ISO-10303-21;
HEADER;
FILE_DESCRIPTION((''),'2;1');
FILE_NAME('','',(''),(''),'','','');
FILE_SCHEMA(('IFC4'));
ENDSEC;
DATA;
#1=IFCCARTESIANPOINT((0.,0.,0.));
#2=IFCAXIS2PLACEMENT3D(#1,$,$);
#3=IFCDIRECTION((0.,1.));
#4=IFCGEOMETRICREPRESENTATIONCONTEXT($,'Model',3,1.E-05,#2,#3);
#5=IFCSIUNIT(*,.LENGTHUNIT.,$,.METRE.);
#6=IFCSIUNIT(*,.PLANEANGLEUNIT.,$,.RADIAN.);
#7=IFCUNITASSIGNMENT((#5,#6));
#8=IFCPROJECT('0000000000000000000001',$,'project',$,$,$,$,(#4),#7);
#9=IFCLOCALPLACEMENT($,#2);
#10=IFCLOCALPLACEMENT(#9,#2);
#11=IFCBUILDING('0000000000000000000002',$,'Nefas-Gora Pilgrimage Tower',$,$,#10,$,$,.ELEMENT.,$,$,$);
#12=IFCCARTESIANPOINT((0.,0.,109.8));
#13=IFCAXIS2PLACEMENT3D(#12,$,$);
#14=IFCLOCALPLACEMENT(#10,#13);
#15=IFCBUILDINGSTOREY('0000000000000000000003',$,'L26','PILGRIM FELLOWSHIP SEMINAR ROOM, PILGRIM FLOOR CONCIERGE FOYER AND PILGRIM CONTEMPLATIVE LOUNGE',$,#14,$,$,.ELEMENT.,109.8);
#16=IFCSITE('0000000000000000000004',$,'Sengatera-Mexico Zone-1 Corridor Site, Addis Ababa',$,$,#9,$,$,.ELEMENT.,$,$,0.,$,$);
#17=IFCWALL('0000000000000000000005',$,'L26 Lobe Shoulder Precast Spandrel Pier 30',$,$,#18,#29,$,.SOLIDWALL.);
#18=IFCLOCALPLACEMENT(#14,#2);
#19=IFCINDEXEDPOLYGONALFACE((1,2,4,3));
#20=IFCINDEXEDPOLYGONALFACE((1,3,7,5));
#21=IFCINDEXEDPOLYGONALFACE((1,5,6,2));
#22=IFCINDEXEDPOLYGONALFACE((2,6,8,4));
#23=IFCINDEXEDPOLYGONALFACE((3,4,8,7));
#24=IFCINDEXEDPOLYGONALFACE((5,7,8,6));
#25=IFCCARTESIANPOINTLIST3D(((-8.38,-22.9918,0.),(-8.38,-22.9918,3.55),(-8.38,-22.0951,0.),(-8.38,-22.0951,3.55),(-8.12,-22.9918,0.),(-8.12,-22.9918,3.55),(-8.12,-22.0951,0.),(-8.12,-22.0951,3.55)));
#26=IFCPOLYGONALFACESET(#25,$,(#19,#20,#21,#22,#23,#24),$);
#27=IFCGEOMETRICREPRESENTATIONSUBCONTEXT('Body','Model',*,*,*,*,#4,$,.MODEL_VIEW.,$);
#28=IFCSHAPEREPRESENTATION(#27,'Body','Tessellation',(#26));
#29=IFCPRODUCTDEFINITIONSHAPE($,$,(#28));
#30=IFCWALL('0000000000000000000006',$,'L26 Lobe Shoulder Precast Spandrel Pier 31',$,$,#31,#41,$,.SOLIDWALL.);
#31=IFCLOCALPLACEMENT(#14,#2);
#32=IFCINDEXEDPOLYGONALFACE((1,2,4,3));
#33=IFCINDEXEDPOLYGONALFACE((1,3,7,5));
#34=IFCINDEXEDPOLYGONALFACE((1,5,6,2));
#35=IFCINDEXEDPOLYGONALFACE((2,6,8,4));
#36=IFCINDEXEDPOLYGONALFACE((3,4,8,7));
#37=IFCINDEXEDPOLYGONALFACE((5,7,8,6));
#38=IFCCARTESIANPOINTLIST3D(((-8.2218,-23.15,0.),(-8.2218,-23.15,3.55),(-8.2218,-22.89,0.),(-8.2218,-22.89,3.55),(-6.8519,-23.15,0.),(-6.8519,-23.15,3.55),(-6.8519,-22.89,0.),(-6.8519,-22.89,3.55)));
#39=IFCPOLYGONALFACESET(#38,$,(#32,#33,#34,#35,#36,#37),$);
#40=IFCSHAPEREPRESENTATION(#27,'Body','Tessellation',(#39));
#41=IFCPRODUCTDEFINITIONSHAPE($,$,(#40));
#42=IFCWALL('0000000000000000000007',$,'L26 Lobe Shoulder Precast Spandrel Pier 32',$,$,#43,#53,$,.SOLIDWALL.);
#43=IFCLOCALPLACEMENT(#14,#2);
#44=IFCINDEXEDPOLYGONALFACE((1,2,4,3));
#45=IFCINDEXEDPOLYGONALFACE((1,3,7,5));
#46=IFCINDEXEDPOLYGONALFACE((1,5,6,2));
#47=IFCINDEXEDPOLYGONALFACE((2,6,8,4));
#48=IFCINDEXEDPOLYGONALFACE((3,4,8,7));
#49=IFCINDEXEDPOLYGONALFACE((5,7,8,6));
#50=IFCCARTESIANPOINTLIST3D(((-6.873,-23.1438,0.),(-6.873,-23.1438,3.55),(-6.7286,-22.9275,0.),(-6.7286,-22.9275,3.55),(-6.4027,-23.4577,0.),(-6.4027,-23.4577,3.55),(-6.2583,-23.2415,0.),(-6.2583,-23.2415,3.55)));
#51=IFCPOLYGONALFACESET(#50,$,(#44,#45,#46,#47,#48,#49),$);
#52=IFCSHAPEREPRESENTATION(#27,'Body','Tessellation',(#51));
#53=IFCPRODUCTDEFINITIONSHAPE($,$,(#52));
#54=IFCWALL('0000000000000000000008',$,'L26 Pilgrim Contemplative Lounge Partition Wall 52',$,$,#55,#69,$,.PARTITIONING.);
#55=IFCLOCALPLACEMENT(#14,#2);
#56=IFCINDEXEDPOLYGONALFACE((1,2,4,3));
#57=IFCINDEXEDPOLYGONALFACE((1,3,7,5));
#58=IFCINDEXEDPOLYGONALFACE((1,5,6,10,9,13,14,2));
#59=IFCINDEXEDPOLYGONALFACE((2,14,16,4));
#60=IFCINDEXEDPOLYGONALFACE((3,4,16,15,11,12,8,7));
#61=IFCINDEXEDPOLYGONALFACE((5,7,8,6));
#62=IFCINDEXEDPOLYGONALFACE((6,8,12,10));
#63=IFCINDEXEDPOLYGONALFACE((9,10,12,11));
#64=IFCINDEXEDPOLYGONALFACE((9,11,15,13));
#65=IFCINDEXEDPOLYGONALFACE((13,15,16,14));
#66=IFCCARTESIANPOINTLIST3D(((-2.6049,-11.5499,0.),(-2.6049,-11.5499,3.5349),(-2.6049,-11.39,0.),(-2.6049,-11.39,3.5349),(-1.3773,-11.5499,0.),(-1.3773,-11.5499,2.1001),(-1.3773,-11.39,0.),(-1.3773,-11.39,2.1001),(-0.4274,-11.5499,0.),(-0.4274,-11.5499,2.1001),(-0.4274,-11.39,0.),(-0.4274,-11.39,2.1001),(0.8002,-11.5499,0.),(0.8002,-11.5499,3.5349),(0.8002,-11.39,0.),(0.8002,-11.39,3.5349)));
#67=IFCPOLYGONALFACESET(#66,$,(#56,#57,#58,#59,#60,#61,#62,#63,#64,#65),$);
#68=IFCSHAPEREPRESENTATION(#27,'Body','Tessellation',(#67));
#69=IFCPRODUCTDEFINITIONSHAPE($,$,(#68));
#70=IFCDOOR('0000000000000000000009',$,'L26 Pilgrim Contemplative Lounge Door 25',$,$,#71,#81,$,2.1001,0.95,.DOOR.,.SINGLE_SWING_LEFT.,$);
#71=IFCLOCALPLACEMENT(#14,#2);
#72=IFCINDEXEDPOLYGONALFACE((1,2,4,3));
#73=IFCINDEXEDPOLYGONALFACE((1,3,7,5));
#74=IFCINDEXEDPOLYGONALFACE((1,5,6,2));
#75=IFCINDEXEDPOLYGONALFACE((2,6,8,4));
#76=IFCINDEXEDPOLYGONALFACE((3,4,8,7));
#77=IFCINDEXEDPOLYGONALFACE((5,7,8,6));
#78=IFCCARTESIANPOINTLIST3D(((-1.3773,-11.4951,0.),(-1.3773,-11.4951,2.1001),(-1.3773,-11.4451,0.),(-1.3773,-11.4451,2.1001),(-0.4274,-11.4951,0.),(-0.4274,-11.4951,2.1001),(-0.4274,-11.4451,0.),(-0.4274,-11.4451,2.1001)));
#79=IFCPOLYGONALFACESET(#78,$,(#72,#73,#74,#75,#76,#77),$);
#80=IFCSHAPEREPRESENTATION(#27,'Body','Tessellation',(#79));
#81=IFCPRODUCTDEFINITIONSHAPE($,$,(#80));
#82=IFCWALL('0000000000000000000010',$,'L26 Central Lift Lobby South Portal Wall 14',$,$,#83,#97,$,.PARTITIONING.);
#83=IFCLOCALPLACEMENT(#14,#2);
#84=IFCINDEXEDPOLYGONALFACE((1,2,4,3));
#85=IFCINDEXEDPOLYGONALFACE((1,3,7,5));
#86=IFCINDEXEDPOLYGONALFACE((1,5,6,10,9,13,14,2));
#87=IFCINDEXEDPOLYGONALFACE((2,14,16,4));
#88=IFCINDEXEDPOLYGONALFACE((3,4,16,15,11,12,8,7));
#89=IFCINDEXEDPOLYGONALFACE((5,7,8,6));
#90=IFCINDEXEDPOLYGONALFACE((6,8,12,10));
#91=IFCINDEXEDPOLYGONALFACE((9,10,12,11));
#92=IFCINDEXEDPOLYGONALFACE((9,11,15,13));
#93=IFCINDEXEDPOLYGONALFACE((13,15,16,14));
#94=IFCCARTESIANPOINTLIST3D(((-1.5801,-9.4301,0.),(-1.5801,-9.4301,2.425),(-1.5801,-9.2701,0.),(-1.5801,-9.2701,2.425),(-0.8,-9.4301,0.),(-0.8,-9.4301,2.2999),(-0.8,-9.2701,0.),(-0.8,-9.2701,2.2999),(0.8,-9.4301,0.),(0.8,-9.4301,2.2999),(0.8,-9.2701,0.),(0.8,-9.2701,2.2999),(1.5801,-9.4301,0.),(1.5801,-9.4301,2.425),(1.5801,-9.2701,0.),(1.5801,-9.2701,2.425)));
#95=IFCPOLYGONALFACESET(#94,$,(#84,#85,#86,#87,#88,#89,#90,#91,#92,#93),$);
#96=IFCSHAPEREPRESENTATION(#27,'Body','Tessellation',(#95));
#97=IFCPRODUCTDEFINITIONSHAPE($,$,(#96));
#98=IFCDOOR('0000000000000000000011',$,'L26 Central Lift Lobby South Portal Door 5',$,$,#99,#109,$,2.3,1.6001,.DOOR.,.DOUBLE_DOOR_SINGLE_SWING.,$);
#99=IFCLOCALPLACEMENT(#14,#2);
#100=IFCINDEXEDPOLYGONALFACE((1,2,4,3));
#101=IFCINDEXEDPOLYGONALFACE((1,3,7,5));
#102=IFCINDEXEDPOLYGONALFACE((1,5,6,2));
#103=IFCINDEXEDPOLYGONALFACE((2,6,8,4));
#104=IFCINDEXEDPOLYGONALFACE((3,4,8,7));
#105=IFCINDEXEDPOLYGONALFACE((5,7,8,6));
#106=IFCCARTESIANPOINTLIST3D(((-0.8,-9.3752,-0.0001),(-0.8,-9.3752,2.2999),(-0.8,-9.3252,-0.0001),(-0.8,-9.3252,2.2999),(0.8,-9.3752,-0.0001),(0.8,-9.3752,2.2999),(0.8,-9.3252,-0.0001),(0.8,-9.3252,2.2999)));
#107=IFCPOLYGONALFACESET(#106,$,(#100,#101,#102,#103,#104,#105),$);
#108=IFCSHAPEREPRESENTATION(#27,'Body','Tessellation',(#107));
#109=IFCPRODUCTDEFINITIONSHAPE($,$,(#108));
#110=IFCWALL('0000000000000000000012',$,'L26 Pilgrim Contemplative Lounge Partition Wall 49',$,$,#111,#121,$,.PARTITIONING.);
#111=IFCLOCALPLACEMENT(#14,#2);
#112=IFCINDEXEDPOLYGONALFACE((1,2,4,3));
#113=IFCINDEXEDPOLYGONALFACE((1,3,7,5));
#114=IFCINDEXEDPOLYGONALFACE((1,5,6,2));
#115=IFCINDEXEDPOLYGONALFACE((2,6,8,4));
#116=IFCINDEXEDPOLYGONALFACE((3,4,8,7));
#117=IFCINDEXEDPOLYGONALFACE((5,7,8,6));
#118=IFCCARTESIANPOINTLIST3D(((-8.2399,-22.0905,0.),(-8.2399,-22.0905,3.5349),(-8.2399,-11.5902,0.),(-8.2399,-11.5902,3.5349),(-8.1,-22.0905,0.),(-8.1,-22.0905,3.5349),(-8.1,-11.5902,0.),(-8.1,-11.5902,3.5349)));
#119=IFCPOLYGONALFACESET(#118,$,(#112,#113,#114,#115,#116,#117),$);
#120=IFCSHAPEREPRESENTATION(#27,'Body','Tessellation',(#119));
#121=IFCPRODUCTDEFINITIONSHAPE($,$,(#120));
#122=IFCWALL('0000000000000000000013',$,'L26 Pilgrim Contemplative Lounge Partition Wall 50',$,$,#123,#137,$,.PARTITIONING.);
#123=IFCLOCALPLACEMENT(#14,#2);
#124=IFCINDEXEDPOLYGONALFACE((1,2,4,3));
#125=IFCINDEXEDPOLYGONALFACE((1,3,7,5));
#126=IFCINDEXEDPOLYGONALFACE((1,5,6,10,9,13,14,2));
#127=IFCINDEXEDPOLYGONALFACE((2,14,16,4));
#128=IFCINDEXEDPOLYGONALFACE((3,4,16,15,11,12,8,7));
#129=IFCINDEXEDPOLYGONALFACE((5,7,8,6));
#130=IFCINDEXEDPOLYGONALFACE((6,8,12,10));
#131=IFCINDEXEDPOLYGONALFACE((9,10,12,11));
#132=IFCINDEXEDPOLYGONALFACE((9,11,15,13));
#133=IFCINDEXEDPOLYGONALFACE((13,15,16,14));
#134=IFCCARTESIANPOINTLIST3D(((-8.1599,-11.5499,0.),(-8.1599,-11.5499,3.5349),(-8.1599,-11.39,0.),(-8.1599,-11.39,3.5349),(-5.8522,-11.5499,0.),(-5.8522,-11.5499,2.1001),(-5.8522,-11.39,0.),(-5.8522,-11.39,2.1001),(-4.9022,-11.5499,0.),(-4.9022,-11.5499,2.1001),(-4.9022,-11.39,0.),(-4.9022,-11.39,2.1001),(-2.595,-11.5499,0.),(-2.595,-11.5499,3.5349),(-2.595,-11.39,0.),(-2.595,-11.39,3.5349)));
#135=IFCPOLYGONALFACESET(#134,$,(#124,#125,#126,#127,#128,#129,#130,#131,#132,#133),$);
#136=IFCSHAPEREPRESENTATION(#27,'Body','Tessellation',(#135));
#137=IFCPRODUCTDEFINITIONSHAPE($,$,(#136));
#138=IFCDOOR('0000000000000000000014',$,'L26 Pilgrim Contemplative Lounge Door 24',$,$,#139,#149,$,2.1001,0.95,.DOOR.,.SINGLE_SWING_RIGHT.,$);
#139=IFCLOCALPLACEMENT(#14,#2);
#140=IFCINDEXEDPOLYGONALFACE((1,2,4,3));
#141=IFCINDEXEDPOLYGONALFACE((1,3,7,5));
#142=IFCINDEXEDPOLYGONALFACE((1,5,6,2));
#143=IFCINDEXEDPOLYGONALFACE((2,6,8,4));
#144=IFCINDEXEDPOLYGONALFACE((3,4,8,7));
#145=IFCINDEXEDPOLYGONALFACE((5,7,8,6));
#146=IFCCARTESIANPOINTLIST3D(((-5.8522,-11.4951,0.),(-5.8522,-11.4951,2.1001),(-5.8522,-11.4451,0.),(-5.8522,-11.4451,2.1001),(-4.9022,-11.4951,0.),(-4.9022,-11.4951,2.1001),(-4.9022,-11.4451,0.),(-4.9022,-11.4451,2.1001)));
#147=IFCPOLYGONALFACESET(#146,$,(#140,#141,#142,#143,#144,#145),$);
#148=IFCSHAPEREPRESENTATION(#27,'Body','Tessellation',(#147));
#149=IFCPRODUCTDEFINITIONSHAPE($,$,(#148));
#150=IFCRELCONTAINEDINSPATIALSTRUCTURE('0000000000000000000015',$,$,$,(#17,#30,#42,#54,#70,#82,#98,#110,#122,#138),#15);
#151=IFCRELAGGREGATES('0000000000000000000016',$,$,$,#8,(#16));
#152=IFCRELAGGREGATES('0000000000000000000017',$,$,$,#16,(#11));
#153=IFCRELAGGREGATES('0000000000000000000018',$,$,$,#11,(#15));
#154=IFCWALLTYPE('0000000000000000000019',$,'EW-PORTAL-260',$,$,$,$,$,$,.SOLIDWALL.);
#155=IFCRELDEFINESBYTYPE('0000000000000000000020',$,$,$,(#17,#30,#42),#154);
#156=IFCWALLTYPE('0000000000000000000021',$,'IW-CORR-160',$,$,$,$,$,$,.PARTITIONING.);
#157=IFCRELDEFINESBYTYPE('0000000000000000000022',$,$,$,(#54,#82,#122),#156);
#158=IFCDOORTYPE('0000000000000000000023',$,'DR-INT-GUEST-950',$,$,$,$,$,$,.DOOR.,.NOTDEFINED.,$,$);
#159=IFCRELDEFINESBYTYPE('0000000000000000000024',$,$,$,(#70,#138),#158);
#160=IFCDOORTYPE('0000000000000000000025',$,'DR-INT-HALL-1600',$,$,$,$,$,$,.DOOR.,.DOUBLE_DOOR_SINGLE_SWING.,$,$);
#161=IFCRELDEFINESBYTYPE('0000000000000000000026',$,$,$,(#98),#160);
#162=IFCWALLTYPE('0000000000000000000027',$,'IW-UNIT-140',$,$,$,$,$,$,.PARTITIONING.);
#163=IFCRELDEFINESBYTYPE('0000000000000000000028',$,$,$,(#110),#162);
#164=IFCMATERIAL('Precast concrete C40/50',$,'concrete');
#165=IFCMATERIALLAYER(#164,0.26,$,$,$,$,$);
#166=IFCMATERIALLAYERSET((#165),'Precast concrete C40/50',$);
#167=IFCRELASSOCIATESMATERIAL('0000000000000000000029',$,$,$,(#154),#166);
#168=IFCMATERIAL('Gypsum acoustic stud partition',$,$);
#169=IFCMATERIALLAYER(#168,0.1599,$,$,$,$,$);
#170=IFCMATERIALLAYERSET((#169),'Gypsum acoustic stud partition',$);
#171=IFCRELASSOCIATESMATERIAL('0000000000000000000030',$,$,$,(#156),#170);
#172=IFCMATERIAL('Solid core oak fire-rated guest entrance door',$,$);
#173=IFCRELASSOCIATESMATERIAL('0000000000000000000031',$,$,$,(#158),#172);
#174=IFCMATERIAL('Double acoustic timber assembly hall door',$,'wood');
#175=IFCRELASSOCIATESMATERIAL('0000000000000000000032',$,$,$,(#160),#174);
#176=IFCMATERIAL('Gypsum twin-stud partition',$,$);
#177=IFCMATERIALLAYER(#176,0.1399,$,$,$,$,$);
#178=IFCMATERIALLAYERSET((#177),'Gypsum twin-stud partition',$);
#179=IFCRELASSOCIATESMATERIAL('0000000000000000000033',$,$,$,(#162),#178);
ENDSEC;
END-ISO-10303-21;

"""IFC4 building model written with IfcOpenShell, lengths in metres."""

from ifc_helpers import new_model, si_unit, direction, frame, frame_2d, origin, place, context, subcontext, project, spatial, rectangle, extrude, source, transform, mapped, material, layer, layer_set, type_object, element, fill, save


model = new_model("IFC4")

# Units and contexts
model_context = context("Model", 3, precision=1e-05, world=origin(), true_north=direction((0.0, 1.0)))
body_context = subcontext(model_context, "Body", "Model", "MODEL_VIEW")
ifc_project = project(units=[si_unit("LENGTHUNIT", "METRE"), si_unit("PLANEANGLEUNIT", "RADIAN")], contexts=[model_context])

# Site, building, storey
site_placement = place(None, origin())
site = spatial("IfcSite", under=ifc_project, at=site_placement, Name="Sengatera-Mexico Zone-1 Corridor Site, Addis Ababa", CompositionType="ELEMENT", RefElevation=0.0)
building_placement = place(site_placement, origin())
building = spatial("IfcBuilding", under=site, at=building_placement, Name="Nefas-Gora Pilgrimage Tower", CompositionType="ELEMENT")
storey_placement = place(building_placement, frame((0.0, 0.0, 109.8)))
storey = spatial("IfcBuildingStorey", under=building, at=storey_placement, Name="L26", Description="PILGRIM FELLOWSHIP SEMINAR ROOM, PILGRIM FLOOR CONCIERGE FOYER AND PILGRIM CONTEMPLATIVE LOUNGE", CompositionType="ELEMENT", Elevation=109.8)

# Walls
ifc_material_1 = material(Name="Precast concrete C40/50", Category="concrete")
ifc_layer_1 = layer(ifc_material_1, 0.26)
ifc_layer_set_1 = layer_set([ifc_layer_1], Name="Precast concrete C40/50")
wall_type_1 = type_object("IfcWallType", Name="EW-PORTAL-260", PredefinedType="SOLIDWALL", material=ifc_layer_set_1)
shared_shape_1 = source(origin(), body_context, "Body", "SweptSolid", [
    extrude(rectangle(XDim=0.8967, YDim=0.26, at=frame_2d((0.4482, 0.0))), origin(), (0.0, 0.0, 1.0), 3.55),
])
wall_1_placement = place(storey_placement, frame((-8.25, -22.0952, 0.0), z_axis=(0.0, 0.0, 1.0), x_axis=(0.0, -1.0, 0.0)))
element("IfcWall", 1, at=wall_1_placement, inside=storey, type_object=wall_type_1, Name="L26 Lobe Shoulder Precast Spandrel Pier 30", PredefinedType="SOLIDWALL", context=body_context, shape_type="MappedRepresentation", body=[
    mapped(shared_shape_1, transform((0.0, 0.0, 0.0), x_axis=(1.0, 0.0, 0.0), y_axis=(0.0, 1.0, 0.0), z_axis=(0.0, 0.0, 1.0), scale=1.0)),
])
shared_shape_2 = source(origin(), body_context, "Body", "SweptSolid", [
    extrude(rectangle(XDim=1.3699, YDim=0.26, at=frame_2d((0.6851, 0.0))), origin(), (0.0, 0.0, 1.0), 3.55),
])
wall_2_placement = place(storey_placement, frame((-8.2219, -23.02, 0.0), z_axis=(0.0, 0.0, 1.0), x_axis=(1.0, 0.0, 0.0)))
element("IfcWall", 2, at=wall_2_placement, inside=storey, type_object=wall_type_1, Name="L26 Lobe Shoulder Precast Spandrel Pier 31", PredefinedType="SOLIDWALL", context=body_context, shape_type="MappedRepresentation", body=[
    mapped(shared_shape_2, transform((0.0, 0.0, 0.0), x_axis=(1.0, 0.0, 0.0), y_axis=(0.0, 1.0, 0.0), z_axis=(0.0, 0.0, 1.0), scale=1.0)),
])
shared_shape_3 = source(origin(), body_context, "Body", "SweptSolid", [
    extrude(rectangle(XDim=0.5654, YDim=0.26, at=frame_2d((0.2827, 0.0))), origin(), (0.0, 0.0, 1.0), 3.55),
])
wall_3_placement = place(storey_placement, frame((-6.8008, -23.0356, 0.0), z_axis=(0.0, 0.0, 1.0), x_axis=(0.831651, -0.555298, 0.0)))
element("IfcWall", 3, at=wall_3_placement, inside=storey, type_object=wall_type_1, Name="L26 Lobe Shoulder Precast Spandrel Pier 32", PredefinedType="SOLIDWALL", context=body_context, shape_type="MappedRepresentation", body=[
    mapped(shared_shape_3, transform((0.0, 0.0, 0.0), x_axis=(1.0, 0.0, 0.0), y_axis=(0.0, 1.0, 0.0), z_axis=(0.0, 0.0, 1.0), scale=1.0)),
])

# Walls, openings, doors
ifc_material_2 = material(Name="Gypsum acoustic stud partition")
ifc_layer_2 = layer(ifc_material_2, 0.1599)
ifc_layer_set_2 = layer_set([ifc_layer_2], Name="Gypsum acoustic stud partition")
wall_type_2 = type_object("IfcWallType", Name="IW-CORR-160", PredefinedType="PARTITIONING", material=ifc_layer_set_2)
shared_shape_4 = source(origin(), body_context, "Body", "SweptSolid", [
    extrude(rectangle(XDim=3.405, YDim=0.1599, at=frame_2d((1.7026, 0.0))), origin(), (0.0, 0.0, 1.0), 3.5349),
])
wall_4_placement = place(storey_placement, frame((-2.605, -11.47, 0.0), z_axis=(0.0, 0.0, 1.0), x_axis=(1.0, 0.0, 0.0)))
wall_4 = element("IfcWall", 4, at=wall_4_placement, inside=storey, type_object=wall_type_2, Name="L26 Pilgrim Contemplative Lounge Partition Wall 52", PredefinedType="PARTITIONING", context=body_context, shape_type="MappedRepresentation", body=[
    mapped(shared_shape_4, transform((0.0, 0.0, 0.0), x_axis=(1.0, 0.0, 0.0), y_axis=(0.0, 1.0, 0.0), z_axis=(0.0, 0.0, 1.0), scale=1.0)),
])
opening_1_placement = place(wall_4_placement, frame((1.2275, 0.0, 0.0)))
opening_1 = element("IfcOpeningElement", 5, at=opening_1_placement, cuts=wall_4, PredefinedType="OPENING", context=body_context, shape_type="SweptSolid", body=[
    extrude(rectangle(XDim=0.95, YDim=2.1001, at=frame_2d((0.4751, 1.05))), frame((0.0, 0.0898, 0.0), z_axis=(0.0, -1.0, 0.0), x_axis=(1.0, 0.0, 0.0)), (0.0, 0.0, 1.0), 0.1799),
])
ifc_material_3 = material(Name="Solid core oak fire-rated guest entrance door")
door_type_1 = type_object("IfcDoorType", Name="DR-INT-GUEST-950", OperationType="NOTDEFINED", PredefinedType="DOOR", material=ifc_material_3)
shared_shape_5 = source(origin(), body_context, "Body", "SweptSolid", [
    extrude(rectangle(XDim=0.95, YDim=2.1001, at=frame_2d((0.4751, 1.05))), frame((0.0, 0.0249, 0.0), z_axis=(0.0, -1.0, 0.0), x_axis=(1.0, 0.0, 0.0)), (0.0, 0.0, 1.0), 0.05),
])
door_1_placement = place(opening_1_placement, origin())
door_1 = element("IfcDoor", 6, at=door_1_placement, inside=storey, type_object=door_type_1, Name="L26 Pilgrim Contemplative Lounge Door 25", OperationType="SINGLE_SWING_LEFT", OverallHeight=2.1001, OverallWidth=0.95, PredefinedType="DOOR", context=body_context, shape_type="MappedRepresentation", body=[
    mapped(shared_shape_5, transform((0.0, 0.0, 0.0), x_axis=(1.0, 0.0, 0.0), y_axis=(0.0, 1.0, 0.0), z_axis=(0.0, 0.0, 1.0), scale=1.0)),
])
fill(opening_1, door_1)
shared_shape_6 = source(origin(), body_context, "Body", "SweptSolid", [
    extrude(rectangle(XDim=3.1602, YDim=0.1599, at=frame_2d((1.5801, 0.0))), origin(), (0.0, 0.0, 1.0), 2.425),
])
wall_5_placement = place(storey_placement, frame((-1.5801, -9.3501, 0.0), z_axis=(0.0, 0.0, 1.0), x_axis=(1.0, 0.0, 0.0)))
wall_5 = element("IfcWall", 7, at=wall_5_placement, inside=storey, type_object=wall_type_2, Name="L26 Central Lift Lobby South Portal Wall 14", PredefinedType="PARTITIONING", context=body_context, shape_type="MappedRepresentation", body=[
    mapped(shared_shape_6, transform((0.0, 0.0, 0.0), x_axis=(1.0, 0.0, 0.0), y_axis=(0.0, 1.0, 0.0), z_axis=(0.0, 0.0, 1.0), scale=1.0)),
])
opening_2_placement = place(wall_5_placement, frame((0.78, 0.0, 0.0)))
opening_2 = element("IfcOpeningElement", 8, at=opening_2_placement, cuts=wall_5, PredefinedType="OPENING", context=body_context, shape_type="SweptSolid", body=[
    extrude(rectangle(XDim=1.6001, YDim=2.3, at=frame_2d((0.8, 1.1499))), frame((0.0, 0.0898, 0.0), z_axis=(0.0, -1.0, 0.0), x_axis=(1.0, 0.0, 0.0)), (0.0, 0.0, 1.0), 0.1799),
])
ifc_material_4 = material(Name="Double acoustic timber assembly hall door", Category="wood")
door_type_2 = type_object("IfcDoorType", Name="DR-INT-HALL-1600", OperationType="DOUBLE_DOOR_SINGLE_SWING", PredefinedType="DOOR", material=ifc_material_4)
shared_shape_7 = source(origin(), body_context, "Body", "SweptSolid", [
    extrude(rectangle(XDim=1.6001, YDim=2.3, at=frame_2d((0.8, 1.1499))), frame((0.0, 0.0249, 0.0), z_axis=(0.0, -1.0, 0.0), x_axis=(1.0, 0.0, 0.0)), (0.0, 0.0, 1.0), 0.05),
])
door_2_placement = place(opening_2_placement, origin())
door_2 = element("IfcDoor", 9, at=door_2_placement, inside=storey, type_object=door_type_2, Name="L26 Central Lift Lobby South Portal Door 5", OperationType="DOUBLE_DOOR_SINGLE_SWING", OverallHeight=2.3, OverallWidth=1.6001, PredefinedType="DOOR", context=body_context, shape_type="MappedRepresentation", body=[
    mapped(shared_shape_7, transform((0.0, 0.0, 0.0), x_axis=(1.0, 0.0, 0.0), y_axis=(0.0, 1.0, 0.0), z_axis=(0.0, 0.0, 1.0), scale=1.0)),
])
fill(opening_2, door_2)

# Wall
ifc_material_5 = material(Name="Gypsum twin-stud partition")
ifc_layer_3 = layer(ifc_material_5, 0.1399)
ifc_layer_set_3 = layer_set([ifc_layer_3], Name="Gypsum twin-stud partition")
wall_type_3 = type_object("IfcWallType", Name="IW-UNIT-140", PredefinedType="PARTITIONING", material=ifc_layer_set_3)
shared_shape_8 = source(origin(), body_context, "Body", "SweptSolid", [
    extrude(rectangle(XDim=10.5002, YDim=0.1399, at=frame_2d((5.25, 0.0))), origin(), (0.0, 0.0, 1.0), 3.5349),
])
wall_6_placement = place(storey_placement, frame((-8.1699, -22.0903, 0.0), z_axis=(0.0, 0.0, 1.0), x_axis=(0.0, 1.0, 0.0)))
element("IfcWall", 10, at=wall_6_placement, inside=storey, type_object=wall_type_3, Name="L26 Pilgrim Contemplative Lounge Partition Wall 49", PredefinedType="PARTITIONING", context=body_context, shape_type="MappedRepresentation", body=[
    mapped(shared_shape_8, transform((0.0, 0.0, 0.0), x_axis=(1.0, 0.0, 0.0), y_axis=(0.0, 1.0, 0.0), z_axis=(0.0, 0.0, 1.0), scale=1.0)),
])

# Wall, opening, door
shared_shape_9 = source(origin(), body_context, "Body", "SweptSolid", [
    extrude(rectangle(XDim=5.5649, YDim=0.1599, at=frame_2d((2.7825, 0.0))), origin(), (0.0, 0.0, 1.0), 3.5349),
])
wall_7_placement = place(storey_placement, frame((-8.1599, -11.47, 0.0), z_axis=(0.0, 0.0, 1.0), x_axis=(1.0, 0.0, 0.0)))
wall_7 = element("IfcWall", 11, at=wall_7_placement, inside=storey, type_object=wall_type_2, Name="L26 Pilgrim Contemplative Lounge Partition Wall 50", PredefinedType="PARTITIONING", context=body_context, shape_type="MappedRepresentation", body=[
    mapped(shared_shape_9, transform((0.0, 0.0, 0.0), x_axis=(1.0, 0.0, 0.0), y_axis=(0.0, 1.0, 0.0), z_axis=(0.0, 0.0, 1.0), scale=1.0)),
])
opening_3_placement = place(wall_7_placement, frame((2.3076, 0.0, 0.0)))
opening_3 = element("IfcOpeningElement", 12, at=opening_3_placement, cuts=wall_7, PredefinedType="OPENING", context=body_context, shape_type="SweptSolid", body=[
    extrude(rectangle(XDim=0.95, YDim=2.1001, at=frame_2d((0.4751, 1.05))), frame((0.0, 0.0898, 0.0), z_axis=(0.0, -1.0, 0.0), x_axis=(1.0, 0.0, 0.0)), (0.0, 0.0, 1.0), 0.1799),
])
door_3_placement = place(opening_3_placement, origin())
door_3 = element("IfcDoor", 13, at=door_3_placement, inside=storey, type_object=door_type_1, Name="L26 Pilgrim Contemplative Lounge Door 24", OperationType="SINGLE_SWING_RIGHT", OverallHeight=2.1001, OverallWidth=0.95, PredefinedType="DOOR", context=body_context, shape_type="MappedRepresentation", body=[
    mapped(shared_shape_5, transform((0.0, 0.0, 0.0), x_axis=(1.0, 0.0, 0.0), y_axis=(0.0, 1.0, 0.0), z_axis=(0.0, 0.0, 1.0), scale=1.0)),
])
fill(opening_3, door_3)

save(model, "model.ifc")
